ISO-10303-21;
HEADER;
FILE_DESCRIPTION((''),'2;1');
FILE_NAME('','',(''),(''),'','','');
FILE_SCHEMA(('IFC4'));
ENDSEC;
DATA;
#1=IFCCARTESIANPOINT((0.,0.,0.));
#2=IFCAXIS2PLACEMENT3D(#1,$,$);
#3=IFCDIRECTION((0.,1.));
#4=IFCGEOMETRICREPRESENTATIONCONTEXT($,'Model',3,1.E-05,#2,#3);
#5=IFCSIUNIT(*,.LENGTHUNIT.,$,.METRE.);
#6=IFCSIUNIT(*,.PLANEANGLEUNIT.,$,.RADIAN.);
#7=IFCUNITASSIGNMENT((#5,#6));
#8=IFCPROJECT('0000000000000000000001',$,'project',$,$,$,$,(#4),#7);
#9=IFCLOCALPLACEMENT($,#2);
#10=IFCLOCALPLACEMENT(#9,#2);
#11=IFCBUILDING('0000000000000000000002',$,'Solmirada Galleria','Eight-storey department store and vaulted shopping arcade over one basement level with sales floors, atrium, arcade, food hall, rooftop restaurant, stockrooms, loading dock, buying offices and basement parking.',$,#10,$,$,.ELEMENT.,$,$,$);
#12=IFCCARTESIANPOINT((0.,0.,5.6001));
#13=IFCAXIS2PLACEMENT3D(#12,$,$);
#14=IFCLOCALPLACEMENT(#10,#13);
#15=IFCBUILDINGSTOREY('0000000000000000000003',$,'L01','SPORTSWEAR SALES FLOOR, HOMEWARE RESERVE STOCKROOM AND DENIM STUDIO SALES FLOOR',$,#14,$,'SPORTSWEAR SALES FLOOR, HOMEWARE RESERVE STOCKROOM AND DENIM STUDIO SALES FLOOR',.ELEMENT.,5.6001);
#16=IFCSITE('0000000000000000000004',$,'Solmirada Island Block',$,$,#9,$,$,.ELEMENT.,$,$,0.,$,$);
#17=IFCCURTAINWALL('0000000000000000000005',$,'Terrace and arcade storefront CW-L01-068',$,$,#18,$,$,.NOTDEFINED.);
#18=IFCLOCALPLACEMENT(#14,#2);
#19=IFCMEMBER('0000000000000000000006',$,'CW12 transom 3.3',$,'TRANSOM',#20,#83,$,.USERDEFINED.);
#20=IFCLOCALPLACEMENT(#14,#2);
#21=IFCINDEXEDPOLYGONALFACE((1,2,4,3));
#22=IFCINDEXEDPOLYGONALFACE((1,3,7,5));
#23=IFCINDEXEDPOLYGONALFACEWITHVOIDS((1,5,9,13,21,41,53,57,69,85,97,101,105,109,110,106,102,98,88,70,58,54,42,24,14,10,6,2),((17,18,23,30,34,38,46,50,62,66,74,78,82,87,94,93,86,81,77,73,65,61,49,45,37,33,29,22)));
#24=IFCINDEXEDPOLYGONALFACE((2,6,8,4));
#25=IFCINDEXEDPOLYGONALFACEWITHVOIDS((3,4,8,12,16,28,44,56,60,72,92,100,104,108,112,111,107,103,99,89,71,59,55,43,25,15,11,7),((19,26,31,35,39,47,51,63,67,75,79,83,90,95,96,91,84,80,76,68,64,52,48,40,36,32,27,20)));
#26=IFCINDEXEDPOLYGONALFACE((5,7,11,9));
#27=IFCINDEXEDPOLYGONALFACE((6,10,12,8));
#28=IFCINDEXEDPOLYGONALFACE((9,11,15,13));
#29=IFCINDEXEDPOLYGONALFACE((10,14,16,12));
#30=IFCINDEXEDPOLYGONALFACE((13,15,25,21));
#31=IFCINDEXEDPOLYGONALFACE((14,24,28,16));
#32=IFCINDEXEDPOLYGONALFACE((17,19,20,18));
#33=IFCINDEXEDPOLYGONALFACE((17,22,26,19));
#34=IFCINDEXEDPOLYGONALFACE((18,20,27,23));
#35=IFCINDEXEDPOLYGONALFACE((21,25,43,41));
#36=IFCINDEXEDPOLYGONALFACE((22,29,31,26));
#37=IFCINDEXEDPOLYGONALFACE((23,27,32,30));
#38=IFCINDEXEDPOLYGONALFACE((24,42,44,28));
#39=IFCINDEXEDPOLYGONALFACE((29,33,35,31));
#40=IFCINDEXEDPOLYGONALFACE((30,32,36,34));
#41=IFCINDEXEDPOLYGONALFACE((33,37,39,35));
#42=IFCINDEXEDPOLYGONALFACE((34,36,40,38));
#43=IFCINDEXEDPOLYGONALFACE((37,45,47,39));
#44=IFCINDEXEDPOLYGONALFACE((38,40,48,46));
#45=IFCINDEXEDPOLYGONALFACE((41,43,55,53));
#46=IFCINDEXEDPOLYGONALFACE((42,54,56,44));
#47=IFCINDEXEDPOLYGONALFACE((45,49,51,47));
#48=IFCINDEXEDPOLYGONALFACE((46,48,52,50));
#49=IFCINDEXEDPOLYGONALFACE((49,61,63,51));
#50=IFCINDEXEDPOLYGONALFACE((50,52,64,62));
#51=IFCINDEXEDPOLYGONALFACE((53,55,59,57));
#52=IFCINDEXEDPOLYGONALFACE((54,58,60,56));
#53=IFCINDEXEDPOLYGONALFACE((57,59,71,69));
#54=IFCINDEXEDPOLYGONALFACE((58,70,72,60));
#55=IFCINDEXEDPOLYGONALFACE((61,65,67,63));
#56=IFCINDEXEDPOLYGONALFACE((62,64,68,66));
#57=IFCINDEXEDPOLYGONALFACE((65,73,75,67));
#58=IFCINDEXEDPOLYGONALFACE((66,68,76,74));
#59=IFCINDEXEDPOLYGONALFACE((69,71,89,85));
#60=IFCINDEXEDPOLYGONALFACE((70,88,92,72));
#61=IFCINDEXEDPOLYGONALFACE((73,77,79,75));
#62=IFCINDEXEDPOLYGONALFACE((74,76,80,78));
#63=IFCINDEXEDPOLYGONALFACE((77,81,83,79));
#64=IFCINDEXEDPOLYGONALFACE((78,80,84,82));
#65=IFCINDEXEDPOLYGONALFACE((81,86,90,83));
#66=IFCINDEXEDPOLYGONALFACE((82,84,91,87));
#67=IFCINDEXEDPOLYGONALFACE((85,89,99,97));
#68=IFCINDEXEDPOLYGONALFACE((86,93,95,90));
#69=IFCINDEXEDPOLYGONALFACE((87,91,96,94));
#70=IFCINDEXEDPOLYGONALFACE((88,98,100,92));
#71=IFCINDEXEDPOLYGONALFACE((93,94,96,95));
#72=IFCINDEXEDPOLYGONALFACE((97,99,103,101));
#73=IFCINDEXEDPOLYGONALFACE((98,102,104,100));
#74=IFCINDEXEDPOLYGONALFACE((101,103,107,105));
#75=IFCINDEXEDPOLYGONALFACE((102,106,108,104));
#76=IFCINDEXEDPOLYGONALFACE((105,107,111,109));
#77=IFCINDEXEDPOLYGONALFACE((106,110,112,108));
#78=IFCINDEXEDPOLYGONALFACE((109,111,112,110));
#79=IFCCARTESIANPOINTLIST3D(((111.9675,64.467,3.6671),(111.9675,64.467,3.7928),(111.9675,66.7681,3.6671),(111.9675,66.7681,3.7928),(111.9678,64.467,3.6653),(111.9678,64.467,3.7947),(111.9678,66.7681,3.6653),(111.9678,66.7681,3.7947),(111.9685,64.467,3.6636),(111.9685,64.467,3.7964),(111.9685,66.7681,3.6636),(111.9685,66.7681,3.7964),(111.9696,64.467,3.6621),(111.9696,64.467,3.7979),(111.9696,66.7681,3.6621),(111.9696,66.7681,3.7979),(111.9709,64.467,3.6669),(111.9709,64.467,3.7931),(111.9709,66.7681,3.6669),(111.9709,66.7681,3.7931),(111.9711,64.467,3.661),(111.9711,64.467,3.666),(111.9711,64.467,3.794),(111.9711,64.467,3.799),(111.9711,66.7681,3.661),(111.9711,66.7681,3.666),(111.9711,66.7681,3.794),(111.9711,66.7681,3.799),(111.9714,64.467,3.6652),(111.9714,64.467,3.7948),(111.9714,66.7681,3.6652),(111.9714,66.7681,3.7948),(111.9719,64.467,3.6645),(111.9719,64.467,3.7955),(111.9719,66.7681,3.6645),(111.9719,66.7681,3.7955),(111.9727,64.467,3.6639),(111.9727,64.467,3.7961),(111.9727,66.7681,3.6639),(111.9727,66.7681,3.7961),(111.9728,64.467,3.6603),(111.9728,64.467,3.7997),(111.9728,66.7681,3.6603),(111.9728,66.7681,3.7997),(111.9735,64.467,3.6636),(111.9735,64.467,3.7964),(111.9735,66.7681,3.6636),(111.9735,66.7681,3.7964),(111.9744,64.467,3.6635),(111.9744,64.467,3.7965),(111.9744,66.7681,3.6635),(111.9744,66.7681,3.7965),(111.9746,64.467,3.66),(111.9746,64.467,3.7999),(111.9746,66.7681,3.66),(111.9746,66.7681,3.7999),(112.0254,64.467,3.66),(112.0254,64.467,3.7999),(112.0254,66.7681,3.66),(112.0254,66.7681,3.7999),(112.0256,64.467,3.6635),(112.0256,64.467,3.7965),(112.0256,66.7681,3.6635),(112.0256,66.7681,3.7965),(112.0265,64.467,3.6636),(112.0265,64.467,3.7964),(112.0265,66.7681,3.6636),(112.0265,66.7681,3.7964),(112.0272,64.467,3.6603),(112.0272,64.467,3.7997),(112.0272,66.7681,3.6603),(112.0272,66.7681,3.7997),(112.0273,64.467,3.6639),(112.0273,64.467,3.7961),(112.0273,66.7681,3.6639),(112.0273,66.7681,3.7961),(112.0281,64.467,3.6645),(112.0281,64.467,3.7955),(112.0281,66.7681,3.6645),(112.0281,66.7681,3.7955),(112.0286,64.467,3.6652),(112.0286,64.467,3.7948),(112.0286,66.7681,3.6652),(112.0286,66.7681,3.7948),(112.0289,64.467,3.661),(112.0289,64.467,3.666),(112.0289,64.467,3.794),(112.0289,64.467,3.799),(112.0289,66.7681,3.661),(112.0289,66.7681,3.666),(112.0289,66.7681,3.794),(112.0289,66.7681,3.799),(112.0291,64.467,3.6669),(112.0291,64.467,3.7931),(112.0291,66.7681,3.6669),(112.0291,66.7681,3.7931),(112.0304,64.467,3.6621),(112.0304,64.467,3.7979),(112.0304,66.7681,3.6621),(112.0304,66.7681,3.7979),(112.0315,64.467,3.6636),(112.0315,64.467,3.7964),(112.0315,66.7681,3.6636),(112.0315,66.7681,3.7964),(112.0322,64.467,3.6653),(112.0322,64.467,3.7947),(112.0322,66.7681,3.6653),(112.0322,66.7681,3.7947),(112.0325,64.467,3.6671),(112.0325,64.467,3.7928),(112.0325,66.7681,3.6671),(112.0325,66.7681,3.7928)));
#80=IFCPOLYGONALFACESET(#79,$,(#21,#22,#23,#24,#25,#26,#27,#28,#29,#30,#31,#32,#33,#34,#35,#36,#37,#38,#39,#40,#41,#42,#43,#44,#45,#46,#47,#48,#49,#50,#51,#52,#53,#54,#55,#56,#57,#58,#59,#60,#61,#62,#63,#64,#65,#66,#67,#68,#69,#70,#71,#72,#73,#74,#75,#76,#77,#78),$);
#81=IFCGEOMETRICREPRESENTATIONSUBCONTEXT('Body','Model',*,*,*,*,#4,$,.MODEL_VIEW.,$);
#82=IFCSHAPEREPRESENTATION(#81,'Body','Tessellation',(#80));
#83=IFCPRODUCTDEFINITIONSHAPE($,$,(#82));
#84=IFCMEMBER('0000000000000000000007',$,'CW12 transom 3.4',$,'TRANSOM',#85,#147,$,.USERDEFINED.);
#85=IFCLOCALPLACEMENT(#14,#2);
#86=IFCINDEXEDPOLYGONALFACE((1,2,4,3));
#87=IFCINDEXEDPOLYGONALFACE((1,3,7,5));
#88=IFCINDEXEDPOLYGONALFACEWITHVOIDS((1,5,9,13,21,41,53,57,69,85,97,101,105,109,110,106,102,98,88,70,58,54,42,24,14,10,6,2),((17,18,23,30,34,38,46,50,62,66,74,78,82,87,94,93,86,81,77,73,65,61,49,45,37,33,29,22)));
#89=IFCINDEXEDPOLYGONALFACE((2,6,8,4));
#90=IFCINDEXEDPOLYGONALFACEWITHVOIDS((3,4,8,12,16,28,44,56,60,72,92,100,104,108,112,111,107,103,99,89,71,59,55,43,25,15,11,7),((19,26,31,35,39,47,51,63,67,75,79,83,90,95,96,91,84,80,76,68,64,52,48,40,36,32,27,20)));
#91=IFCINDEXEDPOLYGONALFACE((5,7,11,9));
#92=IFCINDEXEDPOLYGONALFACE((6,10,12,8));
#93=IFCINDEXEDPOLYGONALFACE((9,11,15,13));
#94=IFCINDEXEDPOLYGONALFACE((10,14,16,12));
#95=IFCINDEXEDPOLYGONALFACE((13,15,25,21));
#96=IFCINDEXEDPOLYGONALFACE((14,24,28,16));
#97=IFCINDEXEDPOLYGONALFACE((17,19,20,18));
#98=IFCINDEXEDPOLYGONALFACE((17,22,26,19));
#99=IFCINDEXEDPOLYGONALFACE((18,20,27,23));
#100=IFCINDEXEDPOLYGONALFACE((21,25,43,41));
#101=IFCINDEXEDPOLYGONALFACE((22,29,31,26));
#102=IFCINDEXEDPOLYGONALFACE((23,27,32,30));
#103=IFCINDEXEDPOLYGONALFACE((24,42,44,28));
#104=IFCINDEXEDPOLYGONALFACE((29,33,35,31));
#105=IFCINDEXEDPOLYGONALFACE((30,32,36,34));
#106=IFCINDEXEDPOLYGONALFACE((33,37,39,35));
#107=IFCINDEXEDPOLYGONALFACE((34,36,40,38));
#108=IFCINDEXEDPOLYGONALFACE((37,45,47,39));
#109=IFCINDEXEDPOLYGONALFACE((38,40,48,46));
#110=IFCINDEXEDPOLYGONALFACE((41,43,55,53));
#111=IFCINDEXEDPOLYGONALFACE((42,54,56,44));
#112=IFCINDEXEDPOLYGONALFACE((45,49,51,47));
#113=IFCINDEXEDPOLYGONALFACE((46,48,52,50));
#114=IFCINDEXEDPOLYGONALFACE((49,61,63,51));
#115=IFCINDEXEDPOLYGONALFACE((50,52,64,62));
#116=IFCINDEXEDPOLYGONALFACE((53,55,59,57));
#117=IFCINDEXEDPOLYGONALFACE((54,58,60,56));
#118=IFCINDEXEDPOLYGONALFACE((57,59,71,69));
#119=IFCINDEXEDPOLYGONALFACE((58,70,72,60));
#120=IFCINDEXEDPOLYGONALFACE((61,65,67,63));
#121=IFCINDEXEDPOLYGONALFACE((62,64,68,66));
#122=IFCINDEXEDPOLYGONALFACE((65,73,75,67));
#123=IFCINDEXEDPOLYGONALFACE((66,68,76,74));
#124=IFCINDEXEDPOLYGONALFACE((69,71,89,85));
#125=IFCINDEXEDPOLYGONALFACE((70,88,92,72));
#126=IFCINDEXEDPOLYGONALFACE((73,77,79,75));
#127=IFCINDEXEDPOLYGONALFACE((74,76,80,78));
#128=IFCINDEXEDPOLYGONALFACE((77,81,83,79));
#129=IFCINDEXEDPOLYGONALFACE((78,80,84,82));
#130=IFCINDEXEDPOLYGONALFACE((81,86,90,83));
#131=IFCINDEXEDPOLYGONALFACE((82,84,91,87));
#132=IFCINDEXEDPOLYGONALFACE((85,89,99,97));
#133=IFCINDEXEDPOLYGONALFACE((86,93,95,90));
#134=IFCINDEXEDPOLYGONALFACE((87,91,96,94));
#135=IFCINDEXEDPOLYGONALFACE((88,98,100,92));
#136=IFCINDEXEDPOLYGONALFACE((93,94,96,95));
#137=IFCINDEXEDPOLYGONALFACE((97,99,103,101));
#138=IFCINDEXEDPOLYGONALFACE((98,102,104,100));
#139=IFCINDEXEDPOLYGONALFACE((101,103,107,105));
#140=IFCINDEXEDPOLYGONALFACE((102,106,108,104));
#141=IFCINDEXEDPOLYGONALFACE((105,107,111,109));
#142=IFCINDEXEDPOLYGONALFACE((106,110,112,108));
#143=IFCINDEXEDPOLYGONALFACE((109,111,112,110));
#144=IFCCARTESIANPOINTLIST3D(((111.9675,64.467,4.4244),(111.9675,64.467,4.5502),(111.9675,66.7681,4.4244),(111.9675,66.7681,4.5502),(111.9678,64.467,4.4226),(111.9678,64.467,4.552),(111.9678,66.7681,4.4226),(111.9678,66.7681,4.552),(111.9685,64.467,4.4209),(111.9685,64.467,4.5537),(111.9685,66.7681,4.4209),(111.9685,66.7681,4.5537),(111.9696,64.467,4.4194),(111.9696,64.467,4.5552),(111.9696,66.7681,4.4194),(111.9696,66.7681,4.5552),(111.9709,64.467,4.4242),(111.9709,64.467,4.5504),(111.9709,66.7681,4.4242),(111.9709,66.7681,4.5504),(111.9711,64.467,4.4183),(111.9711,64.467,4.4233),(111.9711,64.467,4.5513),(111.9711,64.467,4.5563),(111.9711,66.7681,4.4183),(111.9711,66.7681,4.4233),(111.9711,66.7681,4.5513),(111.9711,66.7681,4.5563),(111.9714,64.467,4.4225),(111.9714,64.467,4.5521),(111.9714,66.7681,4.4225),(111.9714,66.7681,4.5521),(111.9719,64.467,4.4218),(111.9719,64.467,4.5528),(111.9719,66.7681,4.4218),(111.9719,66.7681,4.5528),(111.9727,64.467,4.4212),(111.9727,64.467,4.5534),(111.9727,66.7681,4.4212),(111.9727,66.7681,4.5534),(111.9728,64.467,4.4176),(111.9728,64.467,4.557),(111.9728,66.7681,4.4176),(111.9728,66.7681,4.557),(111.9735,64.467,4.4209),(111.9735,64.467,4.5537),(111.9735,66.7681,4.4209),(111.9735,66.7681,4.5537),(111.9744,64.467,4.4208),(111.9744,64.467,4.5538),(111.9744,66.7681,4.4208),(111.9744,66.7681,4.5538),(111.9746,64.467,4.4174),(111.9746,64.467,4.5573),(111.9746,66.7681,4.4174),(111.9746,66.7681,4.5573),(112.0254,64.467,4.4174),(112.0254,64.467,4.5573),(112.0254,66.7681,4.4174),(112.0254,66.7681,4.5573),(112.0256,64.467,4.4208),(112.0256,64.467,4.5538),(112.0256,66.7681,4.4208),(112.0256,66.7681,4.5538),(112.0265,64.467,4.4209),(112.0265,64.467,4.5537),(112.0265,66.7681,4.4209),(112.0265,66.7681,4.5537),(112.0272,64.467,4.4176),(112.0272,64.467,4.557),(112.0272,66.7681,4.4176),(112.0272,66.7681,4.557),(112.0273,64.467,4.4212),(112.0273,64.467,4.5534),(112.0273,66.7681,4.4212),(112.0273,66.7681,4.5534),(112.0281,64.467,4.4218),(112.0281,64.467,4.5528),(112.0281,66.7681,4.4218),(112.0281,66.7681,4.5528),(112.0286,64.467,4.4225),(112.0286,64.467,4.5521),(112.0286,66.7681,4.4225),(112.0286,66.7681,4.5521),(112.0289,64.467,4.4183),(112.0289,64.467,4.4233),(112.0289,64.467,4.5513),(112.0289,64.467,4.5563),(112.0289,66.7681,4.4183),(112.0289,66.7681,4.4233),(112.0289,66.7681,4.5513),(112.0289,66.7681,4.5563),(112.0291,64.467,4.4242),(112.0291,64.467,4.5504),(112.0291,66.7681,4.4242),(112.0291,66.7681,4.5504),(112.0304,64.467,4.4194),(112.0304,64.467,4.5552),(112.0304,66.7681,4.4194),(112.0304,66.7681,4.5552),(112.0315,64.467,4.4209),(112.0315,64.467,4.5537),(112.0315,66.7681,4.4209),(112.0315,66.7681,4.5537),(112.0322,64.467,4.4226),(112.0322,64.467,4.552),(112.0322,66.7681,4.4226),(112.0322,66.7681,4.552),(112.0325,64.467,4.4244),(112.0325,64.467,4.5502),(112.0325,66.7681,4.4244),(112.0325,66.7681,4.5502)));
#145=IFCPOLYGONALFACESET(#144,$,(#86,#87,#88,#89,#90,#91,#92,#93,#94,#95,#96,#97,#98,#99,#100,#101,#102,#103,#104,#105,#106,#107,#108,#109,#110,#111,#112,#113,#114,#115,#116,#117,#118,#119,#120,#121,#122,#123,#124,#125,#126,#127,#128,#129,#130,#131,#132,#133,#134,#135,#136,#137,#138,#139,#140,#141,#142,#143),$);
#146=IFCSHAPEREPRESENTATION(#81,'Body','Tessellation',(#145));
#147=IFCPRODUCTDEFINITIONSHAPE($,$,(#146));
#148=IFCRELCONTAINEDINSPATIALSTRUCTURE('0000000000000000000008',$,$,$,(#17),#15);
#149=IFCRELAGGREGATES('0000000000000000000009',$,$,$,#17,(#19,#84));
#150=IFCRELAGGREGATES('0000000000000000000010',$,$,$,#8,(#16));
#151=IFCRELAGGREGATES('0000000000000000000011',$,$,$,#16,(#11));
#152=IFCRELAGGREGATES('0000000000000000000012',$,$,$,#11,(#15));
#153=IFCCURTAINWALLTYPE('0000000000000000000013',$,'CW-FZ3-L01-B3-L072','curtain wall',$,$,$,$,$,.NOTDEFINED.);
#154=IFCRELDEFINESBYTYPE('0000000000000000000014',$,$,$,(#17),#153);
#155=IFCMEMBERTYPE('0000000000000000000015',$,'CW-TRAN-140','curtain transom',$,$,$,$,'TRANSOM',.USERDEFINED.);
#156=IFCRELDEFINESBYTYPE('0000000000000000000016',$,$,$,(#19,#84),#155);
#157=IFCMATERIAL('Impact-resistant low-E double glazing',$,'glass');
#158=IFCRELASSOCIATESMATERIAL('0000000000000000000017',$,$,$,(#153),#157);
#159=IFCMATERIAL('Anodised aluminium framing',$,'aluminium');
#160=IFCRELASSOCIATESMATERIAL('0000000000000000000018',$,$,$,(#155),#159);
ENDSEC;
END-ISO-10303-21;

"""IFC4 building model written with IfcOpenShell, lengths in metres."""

from ifc_helpers import new_model, si_unit, direction, frame, origin, origin_2d, place, context, subcontext, project, spatial, hollow_rectangle, extrude, material, material_profile, profile_set, type_object, element, aggregate, save


model = new_model("IFC4")

# Units and contexts
model_context = context("Model", 3, precision=1e-05, world=origin(), true_north=direction((0.0, 1.0)))
body_context = subcontext(model_context, "Body", "Model", "MODEL_VIEW")
ifc_project = project(units=[si_unit("LENGTHUNIT", "METRE"), si_unit("PLANEANGLEUNIT", "RADIAN")], contexts=[model_context])

# Site, building, storey
site_placement = place(None, origin())
site = spatial("IfcSite", under=ifc_project, at=site_placement, Name="Solmirada Island Block", CompositionType="ELEMENT", RefElevation=0.0)
building_placement = place(site_placement, origin())
building = spatial("IfcBuilding", under=site, at=building_placement, Name="Solmirada Galleria", Description="Eight-storey department store and vaulted shopping arcade over one basement level with sales floors, atrium, arcade, food hall, rooftop restaurant, stockrooms, loading dock, buying offices and basement parking.", CompositionType="ELEMENT")
storey_placement = place(building_placement, frame((0.0, 0.0, 5.6001)))
storey = spatial("IfcBuildingStorey", under=building, at=storey_placement, Name="L01", Description="SPORTSWEAR SALES FLOOR, HOMEWARE RESERVE STOCKROOM AND DENIM STUDIO SALES FLOOR", LongName="SPORTSWEAR SALES FLOOR, HOMEWARE RESERVE STOCKROOM AND DENIM STUDIO SALES FLOOR", CompositionType="ELEMENT", Elevation=5.6001)

# Shared definitions
ifc_material_1 = material(Name="Impact-resistant low-E double glazing", Category="glass")
ifc_material_2 = material(Name="Anodised aluminium framing", Category="aluminium")

# Curtain wall
curtain_wall_type_1 = type_object("IfcCurtainWallType", Name="CW-FZ3-L01-B3-L072", Description="curtain wall", PredefinedType="NOTDEFINED", material=ifc_material_1)
curtain_wall_1_placement = place(storey_placement, origin())
curtain_wall_1 = element("IfcCurtainWall", 1, at=curtain_wall_1_placement, inside=storey, type_object=curtain_wall_type_1, Name="Terrace and arcade storefront CW-L01-068", PredefinedType="NOTDEFINED")

# Members
ifc_material_profile_1 = material_profile(ifc_material_2, hollow_rectangle(XDim=0.0649, YDim=0.1399, WallThickness=0.0034, InnerFilletRadius=0.0034, OuterFilletRadius=0.0071, at=origin_2d()), Name="ALU-TRAN-140X65")
ifc_profile_set_1 = profile_set([ifc_material_profile_1], Name="Anodised aluminium framing")
member_type_1 = type_object("IfcMemberType", Name="CW-TRAN-140", Description="curtain transom", ElementType="TRANSOM", PredefinedType="USERDEFINED", material=ifc_profile_set_1)
member_1_placement = place(storey_placement, frame((112.0, 66.7681, 3.73), z_axis=(0.0, -1.0, 0.0), x_axis=(1.0, 0.0, 0.0)))
member_1 = element("IfcMember", 2, at=member_1_placement, type_object=member_type_1, Name="CW12 transom 3.3", ObjectType="TRANSOM", PredefinedType="USERDEFINED", context=body_context, shape_type="SweptSolid", body=[
    extrude(hollow_rectangle(XDim=0.0649, YDim=0.1399, WallThickness=0.0034, InnerFilletRadius=0.0034, OuterFilletRadius=0.0071, at=origin_2d()), origin(), (0.0, 0.0, 1.0), 2.301),
])
member_2_placement = place(storey_placement, frame((112.0, 66.7681, 4.4873), z_axis=(0.0, -1.0, 0.0), x_axis=(1.0, 0.0, 0.0)))
member_2 = element("IfcMember", 3, at=member_2_placement, type_object=member_type_1, Name="CW12 transom 3.4", ObjectType="TRANSOM", PredefinedType="USERDEFINED", context=body_context, shape_type="SweptSolid", body=[
    extrude(hollow_rectangle(XDim=0.0649, YDim=0.1399, WallThickness=0.0034, InnerFilletRadius=0.0034, OuterFilletRadius=0.0071, at=origin_2d()), origin(), (0.0, 0.0, 1.0), 2.301),
])

aggregate(curtain_wall_1, [member_1, member_2])

save(model, "model.ifc")
